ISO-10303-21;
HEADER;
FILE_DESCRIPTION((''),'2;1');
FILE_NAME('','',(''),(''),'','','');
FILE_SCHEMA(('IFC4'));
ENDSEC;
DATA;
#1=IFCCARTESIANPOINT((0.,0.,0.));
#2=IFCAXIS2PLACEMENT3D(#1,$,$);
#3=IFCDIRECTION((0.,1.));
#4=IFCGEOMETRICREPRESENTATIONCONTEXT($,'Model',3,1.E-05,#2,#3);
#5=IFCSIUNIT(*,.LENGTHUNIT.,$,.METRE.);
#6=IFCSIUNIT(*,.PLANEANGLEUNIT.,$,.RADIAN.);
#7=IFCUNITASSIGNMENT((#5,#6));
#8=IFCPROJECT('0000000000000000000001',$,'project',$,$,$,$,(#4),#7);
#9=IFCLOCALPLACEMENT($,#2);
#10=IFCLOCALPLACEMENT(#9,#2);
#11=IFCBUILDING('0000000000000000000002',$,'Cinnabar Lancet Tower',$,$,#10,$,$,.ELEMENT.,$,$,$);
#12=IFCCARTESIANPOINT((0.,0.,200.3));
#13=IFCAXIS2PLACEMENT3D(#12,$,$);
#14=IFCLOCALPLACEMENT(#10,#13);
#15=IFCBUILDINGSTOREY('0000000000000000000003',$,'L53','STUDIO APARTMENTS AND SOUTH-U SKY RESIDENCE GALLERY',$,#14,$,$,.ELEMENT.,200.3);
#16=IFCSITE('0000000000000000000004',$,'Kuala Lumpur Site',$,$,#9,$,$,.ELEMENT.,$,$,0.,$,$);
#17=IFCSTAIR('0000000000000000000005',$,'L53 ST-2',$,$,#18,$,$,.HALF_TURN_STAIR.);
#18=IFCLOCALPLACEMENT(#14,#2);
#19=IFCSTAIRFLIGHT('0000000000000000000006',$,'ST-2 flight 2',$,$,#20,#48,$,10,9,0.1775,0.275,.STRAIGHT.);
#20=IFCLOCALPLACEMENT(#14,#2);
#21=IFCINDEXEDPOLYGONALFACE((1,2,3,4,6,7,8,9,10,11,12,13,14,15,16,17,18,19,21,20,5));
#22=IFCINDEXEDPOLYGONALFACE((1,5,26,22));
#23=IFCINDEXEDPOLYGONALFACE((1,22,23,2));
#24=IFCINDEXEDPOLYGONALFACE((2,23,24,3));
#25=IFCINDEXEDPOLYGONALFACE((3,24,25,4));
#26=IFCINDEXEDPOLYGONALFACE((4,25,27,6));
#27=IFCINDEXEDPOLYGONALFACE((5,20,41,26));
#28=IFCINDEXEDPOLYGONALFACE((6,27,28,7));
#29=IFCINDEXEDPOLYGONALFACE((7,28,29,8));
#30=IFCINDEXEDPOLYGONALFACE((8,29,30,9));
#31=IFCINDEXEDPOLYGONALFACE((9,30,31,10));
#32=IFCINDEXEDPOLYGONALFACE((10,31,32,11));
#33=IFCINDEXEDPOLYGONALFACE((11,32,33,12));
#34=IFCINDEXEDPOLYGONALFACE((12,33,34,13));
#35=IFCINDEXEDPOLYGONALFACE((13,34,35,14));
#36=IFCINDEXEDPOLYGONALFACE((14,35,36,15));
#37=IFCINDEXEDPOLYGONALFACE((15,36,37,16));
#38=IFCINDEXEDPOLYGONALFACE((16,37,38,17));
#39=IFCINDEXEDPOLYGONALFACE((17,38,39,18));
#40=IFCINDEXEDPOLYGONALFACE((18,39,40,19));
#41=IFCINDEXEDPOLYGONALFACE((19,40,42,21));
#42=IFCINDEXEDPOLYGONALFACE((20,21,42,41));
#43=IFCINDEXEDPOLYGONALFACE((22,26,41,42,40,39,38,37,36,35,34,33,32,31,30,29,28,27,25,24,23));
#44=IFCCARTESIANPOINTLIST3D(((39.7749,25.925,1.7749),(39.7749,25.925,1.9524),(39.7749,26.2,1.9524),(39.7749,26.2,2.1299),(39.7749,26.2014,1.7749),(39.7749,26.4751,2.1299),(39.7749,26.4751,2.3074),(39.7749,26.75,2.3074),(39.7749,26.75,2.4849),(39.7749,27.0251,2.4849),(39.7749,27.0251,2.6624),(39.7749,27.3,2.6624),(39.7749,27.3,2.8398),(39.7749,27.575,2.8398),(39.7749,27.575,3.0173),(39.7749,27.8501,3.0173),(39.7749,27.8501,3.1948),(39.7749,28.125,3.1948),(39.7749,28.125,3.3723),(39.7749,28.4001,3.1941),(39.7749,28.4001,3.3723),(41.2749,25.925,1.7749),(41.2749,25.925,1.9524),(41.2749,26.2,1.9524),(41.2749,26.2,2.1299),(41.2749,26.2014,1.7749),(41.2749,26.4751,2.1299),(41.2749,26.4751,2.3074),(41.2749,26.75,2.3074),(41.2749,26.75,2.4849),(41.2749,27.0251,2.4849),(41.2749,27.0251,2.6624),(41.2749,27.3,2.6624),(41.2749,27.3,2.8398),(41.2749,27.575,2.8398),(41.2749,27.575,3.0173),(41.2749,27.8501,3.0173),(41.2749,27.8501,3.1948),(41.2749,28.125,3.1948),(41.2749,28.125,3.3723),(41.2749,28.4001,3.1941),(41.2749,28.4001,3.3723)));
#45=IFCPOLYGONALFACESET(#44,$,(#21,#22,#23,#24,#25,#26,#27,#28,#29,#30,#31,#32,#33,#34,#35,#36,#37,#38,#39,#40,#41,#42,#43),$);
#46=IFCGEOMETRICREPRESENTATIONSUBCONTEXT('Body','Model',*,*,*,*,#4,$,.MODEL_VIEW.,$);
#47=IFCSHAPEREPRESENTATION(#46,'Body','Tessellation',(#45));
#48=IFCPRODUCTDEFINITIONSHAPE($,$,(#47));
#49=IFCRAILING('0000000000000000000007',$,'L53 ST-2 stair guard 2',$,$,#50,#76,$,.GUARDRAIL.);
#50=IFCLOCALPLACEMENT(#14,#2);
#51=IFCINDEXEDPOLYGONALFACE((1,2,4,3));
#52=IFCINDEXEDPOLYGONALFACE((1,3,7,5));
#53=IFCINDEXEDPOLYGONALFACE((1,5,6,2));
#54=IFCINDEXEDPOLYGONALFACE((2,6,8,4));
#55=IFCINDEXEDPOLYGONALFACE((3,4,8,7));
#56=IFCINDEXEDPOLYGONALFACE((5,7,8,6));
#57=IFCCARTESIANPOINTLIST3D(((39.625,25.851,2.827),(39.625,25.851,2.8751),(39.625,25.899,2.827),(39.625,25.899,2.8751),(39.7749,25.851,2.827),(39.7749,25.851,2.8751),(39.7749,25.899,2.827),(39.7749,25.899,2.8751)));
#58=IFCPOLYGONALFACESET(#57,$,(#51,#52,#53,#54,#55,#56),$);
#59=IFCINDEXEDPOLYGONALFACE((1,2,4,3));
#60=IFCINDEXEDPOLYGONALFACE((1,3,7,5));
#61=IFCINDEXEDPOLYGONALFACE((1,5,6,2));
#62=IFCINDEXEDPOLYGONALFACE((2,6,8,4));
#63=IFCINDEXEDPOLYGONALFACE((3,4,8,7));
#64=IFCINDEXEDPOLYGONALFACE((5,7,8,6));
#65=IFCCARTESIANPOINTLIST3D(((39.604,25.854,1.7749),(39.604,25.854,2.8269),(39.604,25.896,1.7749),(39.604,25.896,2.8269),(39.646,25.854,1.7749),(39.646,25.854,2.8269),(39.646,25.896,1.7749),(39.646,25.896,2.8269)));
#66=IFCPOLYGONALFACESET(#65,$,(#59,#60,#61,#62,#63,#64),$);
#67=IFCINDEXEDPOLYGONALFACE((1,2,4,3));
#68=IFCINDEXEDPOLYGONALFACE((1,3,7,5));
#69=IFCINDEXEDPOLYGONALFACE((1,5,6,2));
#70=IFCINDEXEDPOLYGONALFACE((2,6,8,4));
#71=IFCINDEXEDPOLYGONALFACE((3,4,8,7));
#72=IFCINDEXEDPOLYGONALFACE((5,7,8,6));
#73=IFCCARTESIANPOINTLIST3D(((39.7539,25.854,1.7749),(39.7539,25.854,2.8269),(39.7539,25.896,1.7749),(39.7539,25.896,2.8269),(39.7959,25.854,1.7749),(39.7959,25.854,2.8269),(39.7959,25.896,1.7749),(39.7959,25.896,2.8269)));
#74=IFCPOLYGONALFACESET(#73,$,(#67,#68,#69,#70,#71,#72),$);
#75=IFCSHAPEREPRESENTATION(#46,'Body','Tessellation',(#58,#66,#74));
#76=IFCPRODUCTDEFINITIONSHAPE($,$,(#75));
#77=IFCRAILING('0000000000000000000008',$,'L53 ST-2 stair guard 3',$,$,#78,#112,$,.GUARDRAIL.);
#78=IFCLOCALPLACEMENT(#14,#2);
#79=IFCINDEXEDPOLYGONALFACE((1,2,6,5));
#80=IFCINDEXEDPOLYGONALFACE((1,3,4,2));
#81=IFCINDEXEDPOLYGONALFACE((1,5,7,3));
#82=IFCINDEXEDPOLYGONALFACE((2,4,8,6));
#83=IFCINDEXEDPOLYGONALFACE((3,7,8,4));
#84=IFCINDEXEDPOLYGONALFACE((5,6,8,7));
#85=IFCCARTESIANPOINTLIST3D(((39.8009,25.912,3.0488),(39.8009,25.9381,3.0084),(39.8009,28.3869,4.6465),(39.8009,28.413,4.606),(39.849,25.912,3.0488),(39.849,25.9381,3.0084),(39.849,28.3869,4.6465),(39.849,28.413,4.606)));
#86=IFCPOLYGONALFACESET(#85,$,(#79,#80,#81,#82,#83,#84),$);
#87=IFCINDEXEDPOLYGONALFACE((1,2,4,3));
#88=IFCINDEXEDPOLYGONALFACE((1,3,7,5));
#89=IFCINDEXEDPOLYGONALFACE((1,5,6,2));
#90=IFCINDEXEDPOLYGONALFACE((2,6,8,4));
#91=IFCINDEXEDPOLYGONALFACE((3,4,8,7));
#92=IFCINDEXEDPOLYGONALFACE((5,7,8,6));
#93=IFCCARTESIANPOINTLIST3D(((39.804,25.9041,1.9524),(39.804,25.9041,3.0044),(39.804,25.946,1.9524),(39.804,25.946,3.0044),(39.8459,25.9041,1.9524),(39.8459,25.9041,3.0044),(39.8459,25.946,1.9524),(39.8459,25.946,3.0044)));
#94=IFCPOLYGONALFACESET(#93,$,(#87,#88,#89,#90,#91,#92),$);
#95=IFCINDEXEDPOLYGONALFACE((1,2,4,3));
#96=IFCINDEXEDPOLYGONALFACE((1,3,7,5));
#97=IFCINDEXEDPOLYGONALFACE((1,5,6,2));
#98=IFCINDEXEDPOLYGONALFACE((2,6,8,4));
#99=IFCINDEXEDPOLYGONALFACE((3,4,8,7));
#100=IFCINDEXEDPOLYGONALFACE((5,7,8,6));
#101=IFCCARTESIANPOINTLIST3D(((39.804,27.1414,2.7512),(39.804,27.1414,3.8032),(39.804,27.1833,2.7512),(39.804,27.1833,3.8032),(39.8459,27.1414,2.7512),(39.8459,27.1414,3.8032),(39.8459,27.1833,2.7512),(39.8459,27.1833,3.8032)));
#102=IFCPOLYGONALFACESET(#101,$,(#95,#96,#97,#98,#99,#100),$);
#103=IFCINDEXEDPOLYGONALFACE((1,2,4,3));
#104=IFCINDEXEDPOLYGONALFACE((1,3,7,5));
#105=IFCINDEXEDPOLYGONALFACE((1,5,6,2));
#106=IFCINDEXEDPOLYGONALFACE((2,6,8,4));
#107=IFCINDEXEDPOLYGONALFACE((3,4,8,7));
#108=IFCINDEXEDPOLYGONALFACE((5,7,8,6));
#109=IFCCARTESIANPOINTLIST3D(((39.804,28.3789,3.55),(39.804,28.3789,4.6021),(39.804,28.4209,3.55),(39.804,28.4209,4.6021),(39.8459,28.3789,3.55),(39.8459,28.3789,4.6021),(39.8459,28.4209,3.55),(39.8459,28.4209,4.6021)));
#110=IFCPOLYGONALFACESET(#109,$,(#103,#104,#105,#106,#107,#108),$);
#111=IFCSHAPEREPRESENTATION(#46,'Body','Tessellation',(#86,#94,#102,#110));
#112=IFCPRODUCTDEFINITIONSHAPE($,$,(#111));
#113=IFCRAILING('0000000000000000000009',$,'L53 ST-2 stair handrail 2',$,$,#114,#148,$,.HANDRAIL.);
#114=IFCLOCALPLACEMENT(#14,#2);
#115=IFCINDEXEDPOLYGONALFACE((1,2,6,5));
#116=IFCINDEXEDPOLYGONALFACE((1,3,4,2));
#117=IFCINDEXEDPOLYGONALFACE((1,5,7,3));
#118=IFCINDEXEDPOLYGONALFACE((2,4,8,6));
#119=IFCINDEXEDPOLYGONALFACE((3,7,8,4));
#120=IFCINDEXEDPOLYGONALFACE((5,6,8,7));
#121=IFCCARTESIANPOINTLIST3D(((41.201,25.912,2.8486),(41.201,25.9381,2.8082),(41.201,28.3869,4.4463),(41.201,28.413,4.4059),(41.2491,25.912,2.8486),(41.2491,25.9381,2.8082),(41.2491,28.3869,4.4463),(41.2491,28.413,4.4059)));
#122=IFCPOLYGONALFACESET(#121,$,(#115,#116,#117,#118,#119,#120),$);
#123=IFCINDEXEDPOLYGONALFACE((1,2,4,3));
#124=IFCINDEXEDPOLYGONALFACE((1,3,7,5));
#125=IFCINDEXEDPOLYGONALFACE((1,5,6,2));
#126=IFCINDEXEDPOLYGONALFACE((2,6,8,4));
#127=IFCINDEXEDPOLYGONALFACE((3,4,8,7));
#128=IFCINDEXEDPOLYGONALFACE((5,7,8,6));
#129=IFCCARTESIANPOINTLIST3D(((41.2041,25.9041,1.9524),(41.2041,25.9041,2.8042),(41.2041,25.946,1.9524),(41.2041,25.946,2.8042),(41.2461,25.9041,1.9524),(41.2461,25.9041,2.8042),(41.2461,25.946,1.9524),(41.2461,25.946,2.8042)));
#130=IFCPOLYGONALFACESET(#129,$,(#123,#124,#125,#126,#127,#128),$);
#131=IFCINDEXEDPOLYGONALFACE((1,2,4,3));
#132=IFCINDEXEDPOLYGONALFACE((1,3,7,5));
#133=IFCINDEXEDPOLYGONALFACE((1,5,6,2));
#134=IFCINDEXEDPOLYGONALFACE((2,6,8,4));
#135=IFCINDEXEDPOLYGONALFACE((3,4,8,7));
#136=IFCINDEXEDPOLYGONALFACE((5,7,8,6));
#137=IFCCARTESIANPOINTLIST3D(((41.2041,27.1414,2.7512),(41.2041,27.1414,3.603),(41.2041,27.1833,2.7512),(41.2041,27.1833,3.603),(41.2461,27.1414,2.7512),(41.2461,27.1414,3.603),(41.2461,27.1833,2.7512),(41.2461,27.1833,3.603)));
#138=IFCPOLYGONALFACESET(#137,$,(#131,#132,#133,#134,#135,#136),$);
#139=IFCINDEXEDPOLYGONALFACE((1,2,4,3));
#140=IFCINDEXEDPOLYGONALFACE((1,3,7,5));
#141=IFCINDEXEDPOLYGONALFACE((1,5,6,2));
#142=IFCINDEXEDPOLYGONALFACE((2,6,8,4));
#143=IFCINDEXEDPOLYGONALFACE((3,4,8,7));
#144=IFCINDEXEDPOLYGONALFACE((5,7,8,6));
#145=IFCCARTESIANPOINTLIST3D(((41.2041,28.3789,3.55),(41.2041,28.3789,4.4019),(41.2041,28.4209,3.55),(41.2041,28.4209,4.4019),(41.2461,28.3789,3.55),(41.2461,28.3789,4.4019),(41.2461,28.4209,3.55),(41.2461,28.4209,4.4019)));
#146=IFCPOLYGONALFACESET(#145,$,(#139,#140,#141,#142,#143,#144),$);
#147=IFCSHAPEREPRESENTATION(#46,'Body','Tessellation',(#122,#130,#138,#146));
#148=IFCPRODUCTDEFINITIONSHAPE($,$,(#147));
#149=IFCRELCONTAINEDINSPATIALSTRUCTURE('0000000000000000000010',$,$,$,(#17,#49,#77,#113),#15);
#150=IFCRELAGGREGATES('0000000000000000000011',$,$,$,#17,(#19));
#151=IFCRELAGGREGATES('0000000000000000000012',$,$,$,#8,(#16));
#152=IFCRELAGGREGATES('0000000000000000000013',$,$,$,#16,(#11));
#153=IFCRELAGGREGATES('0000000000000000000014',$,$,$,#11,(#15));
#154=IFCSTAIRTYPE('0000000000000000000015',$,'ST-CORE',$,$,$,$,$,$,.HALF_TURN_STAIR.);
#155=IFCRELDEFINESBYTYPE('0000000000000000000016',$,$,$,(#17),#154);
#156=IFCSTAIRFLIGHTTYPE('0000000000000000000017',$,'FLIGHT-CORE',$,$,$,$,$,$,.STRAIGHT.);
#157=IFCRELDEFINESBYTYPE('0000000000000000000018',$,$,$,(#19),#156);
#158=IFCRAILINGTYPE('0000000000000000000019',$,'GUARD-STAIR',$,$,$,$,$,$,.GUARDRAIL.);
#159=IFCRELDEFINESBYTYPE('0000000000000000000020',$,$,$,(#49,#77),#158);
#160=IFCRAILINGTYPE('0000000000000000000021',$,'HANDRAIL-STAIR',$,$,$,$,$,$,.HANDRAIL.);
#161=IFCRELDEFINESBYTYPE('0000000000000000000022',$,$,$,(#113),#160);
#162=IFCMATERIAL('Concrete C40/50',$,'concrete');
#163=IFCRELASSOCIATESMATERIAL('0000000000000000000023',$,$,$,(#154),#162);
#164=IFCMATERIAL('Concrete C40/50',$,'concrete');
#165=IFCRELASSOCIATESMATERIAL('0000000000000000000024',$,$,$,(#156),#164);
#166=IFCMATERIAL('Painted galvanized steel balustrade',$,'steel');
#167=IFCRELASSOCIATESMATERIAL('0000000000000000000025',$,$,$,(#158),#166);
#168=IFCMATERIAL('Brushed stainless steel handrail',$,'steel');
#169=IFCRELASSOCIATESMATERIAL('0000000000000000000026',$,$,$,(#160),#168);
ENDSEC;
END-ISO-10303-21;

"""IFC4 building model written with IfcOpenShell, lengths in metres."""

from ifc_helpers import new_model, si_unit, direction, frame, origin, origin_2d, place, context, subcontext, project, spatial, polyline, rectangle, outline, extrude, material, type_object, element, aggregate, save


model = new_model("IFC4")

# Units and contexts
model_context = context("Model", 3, precision=1e-05, world=origin(), true_north=direction((0.0, 1.0)))
body_context = subcontext(model_context, "Body", "Model", "MODEL_VIEW")
ifc_project = project(units=[si_unit("LENGTHUNIT", "METRE"), si_unit("PLANEANGLEUNIT", "RADIAN")], contexts=[model_context])

# Site, building, storey
site_placement = place(None, origin())
site = spatial("IfcSite", under=ifc_project, at=site_placement, Name="Kuala Lumpur Site", CompositionType="ELEMENT", RefElevation=0.0)
building_placement = place(site_placement, origin())
building = spatial("IfcBuilding", under=site, at=building_placement, Name="Cinnabar Lancet Tower", CompositionType="ELEMENT")
storey_placement = place(building_placement, frame((0.0, 0.0, 200.3)))
storey = spatial("IfcBuildingStorey", under=building, at=storey_placement, Name="L53", Description="STUDIO APARTMENTS AND SOUTH-U SKY RESIDENCE GALLERY", CompositionType="ELEMENT", Elevation=200.3)

# Stair, stair flight
ifc_material_1 = material(Name="Concrete C40/50", Category="concrete")
stair_type = type_object("IfcStairType", Name="ST-CORE", PredefinedType="HALF_TURN_STAIR", material=ifc_material_1)
stair_placement = place(storey_placement, origin())
stair = element("IfcStair", 1, at=stair_placement, inside=storey, type_object=stair_type, Name="L53 ST-2", PredefinedType="HALF_TURN_STAIR")
ifc_material_2 = material(Name="Concrete C40/50", Category="concrete")
stair_flight_type = type_object("IfcStairFlightType", Name="FLIGHT-CORE", PredefinedType="STRAIGHT", material=ifc_material_2)
stair_flight_placement = place(storey_placement, frame((40.5249, 25.925, 1.7749), z_axis=(0.0, 0.0, 1.0), x_axis=(0.0, 1.0, 0.0)))
stair_flight = element("IfcStairFlight", 2, at=stair_flight_placement, type_object=stair_flight_type, Name="ST-2 flight 2", NumberOfRisers=10, NumberOfTreads=9, PredefinedType="STRAIGHT", RiserHeight=0.1775, TreadLength=0.275, context=body_context, shape_type="SweptSolid", body=[
    extrude(outline(polyline([(0.0, 0.0), (0.0, 0.1775), (0.2749, 0.1775), (0.2749, 0.355), (0.55, 0.355), (0.55, 0.5325), (0.825, 0.5325), (0.825, 0.71), (1.1001, 0.71), (1.1001, 0.8875), (1.375, 0.8875), (1.375, 1.0649), (1.6499, 1.0649), (1.6499, 1.2424), (1.925, 1.2424), (1.925, 1.4199), (2.2, 1.4199), (2.2, 1.5974), (2.4751, 1.5974), (2.4751, 1.7749), (2.4751, 1.4192), (0.2764, 0.0), (0.0, 0.0)])), frame((0.0, 0.75, 0.0), z_axis=(0.0, -1.0, 0.0), x_axis=(1.0, 0.0, 0.0)), (0.0, 0.0, 1.0), 1.5),
])
aggregate(stair, [stair_flight])

# Railings
ifc_material_3 = material(Name="Painted galvanized steel balustrade", Category="steel")
railing_type_1 = type_object("IfcRailingType", Name="GUARD-STAIR", PredefinedType="GUARDRAIL", material=ifc_material_3)
railing_1_placement = place(storey_placement, frame((39.625, 25.875, 1.7749)))
element("IfcRailing", 3, at=railing_1_placement, inside=storey, type_object=railing_type_1, Name="L53 ST-2 stair guard 2", PredefinedType="GUARDRAIL", context=body_context, shape_type="SweptSolid", body=[
    extrude(rectangle(XDim=0.0481, YDim=0.0481, at=origin_2d()), frame((0.0, 0.0, 1.0762), z_axis=(1.0, 0.0, 0.0), x_axis=(0.0, 1.0, 0.0)), (0.0, 0.0, 1.0), 0.1499),
    extrude(rectangle(XDim=0.042, YDim=0.042, at=origin_2d()), origin(), (0.0, 0.0, 1.0), 1.052),
    extrude(rectangle(XDim=0.042, YDim=0.042, at=origin_2d()), frame((0.1499, 0.0, 0.0)), (0.0, 0.0, 1.0), 1.052),
])
railing_2_placement = place(storey_placement, frame((39.825, 25.925, 1.9524)))
element("IfcRailing", 4, at=railing_2_placement, inside=storey, type_object=railing_type_1, Name="L53 ST-2 stair guard 3", PredefinedType="GUARDRAIL", context=body_context, shape_type="SweptSolid", body=[
    extrude(rectangle(XDim=0.0481, YDim=0.0481, at=origin_2d()), frame((0.0, 0.0, 1.0762), z_axis=(0.0, 0.840146, 0.542361), x_axis=(-1.0, 0.0, 0.0)), (0.0, 0.0, 1.0), 2.9458),
    extrude(rectangle(XDim=0.042, YDim=0.042, at=origin_2d()), origin(), (0.0, 0.0, 1.0), 1.052),
    extrude(rectangle(XDim=0.042, YDim=0.042, at=origin_2d()), frame((0.0, 1.2373, 0.7988)), (0.0, 0.0, 1.0), 1.052),
    extrude(rectangle(XDim=0.042, YDim=0.042, at=origin_2d()), frame((0.0, 2.4749, 1.5977)), (0.0, 0.0, 1.0), 1.052),
])
ifc_material_4 = material(Name="Brushed stainless steel handrail", Category="steel")
railing_type_2 = type_object("IfcRailingType", Name="HANDRAIL-STAIR", PredefinedType="HANDRAIL", material=ifc_material_4)
railing_3_placement = place(storey_placement, frame((41.2251, 25.925, 1.9524)))
element("IfcRailing", 5, at=railing_3_placement, inside=storey, type_object=railing_type_2, Name="L53 ST-2 stair handrail 2", PredefinedType="HANDRAIL", context=body_context, shape_type="SweptSolid", body=[
    extrude(rectangle(XDim=0.0481, YDim=0.0481, at=origin_2d()), frame((0.0, 0.0, 0.876), z_axis=(0.0, 0.840146, 0.542361), x_axis=(-1.0, 0.0, 0.0)), (0.0, 0.0, 1.0), 2.9458),
    extrude(rectangle(XDim=0.042, YDim=0.042, at=origin_2d()), origin(), (0.0, 0.0, 1.0), 0.8518),
    extrude(rectangle(XDim=0.042, YDim=0.042, at=origin_2d()), frame((0.0, 1.2373, 0.7988)), (0.0, 0.0, 1.0), 0.8518),
    extrude(rectangle(XDim=0.042, YDim=0.042, at=origin_2d()), frame((0.0, 2.4749, 1.5977)), (0.0, 0.0, 1.0), 0.8518),
])

save(model, "model.ifc")
